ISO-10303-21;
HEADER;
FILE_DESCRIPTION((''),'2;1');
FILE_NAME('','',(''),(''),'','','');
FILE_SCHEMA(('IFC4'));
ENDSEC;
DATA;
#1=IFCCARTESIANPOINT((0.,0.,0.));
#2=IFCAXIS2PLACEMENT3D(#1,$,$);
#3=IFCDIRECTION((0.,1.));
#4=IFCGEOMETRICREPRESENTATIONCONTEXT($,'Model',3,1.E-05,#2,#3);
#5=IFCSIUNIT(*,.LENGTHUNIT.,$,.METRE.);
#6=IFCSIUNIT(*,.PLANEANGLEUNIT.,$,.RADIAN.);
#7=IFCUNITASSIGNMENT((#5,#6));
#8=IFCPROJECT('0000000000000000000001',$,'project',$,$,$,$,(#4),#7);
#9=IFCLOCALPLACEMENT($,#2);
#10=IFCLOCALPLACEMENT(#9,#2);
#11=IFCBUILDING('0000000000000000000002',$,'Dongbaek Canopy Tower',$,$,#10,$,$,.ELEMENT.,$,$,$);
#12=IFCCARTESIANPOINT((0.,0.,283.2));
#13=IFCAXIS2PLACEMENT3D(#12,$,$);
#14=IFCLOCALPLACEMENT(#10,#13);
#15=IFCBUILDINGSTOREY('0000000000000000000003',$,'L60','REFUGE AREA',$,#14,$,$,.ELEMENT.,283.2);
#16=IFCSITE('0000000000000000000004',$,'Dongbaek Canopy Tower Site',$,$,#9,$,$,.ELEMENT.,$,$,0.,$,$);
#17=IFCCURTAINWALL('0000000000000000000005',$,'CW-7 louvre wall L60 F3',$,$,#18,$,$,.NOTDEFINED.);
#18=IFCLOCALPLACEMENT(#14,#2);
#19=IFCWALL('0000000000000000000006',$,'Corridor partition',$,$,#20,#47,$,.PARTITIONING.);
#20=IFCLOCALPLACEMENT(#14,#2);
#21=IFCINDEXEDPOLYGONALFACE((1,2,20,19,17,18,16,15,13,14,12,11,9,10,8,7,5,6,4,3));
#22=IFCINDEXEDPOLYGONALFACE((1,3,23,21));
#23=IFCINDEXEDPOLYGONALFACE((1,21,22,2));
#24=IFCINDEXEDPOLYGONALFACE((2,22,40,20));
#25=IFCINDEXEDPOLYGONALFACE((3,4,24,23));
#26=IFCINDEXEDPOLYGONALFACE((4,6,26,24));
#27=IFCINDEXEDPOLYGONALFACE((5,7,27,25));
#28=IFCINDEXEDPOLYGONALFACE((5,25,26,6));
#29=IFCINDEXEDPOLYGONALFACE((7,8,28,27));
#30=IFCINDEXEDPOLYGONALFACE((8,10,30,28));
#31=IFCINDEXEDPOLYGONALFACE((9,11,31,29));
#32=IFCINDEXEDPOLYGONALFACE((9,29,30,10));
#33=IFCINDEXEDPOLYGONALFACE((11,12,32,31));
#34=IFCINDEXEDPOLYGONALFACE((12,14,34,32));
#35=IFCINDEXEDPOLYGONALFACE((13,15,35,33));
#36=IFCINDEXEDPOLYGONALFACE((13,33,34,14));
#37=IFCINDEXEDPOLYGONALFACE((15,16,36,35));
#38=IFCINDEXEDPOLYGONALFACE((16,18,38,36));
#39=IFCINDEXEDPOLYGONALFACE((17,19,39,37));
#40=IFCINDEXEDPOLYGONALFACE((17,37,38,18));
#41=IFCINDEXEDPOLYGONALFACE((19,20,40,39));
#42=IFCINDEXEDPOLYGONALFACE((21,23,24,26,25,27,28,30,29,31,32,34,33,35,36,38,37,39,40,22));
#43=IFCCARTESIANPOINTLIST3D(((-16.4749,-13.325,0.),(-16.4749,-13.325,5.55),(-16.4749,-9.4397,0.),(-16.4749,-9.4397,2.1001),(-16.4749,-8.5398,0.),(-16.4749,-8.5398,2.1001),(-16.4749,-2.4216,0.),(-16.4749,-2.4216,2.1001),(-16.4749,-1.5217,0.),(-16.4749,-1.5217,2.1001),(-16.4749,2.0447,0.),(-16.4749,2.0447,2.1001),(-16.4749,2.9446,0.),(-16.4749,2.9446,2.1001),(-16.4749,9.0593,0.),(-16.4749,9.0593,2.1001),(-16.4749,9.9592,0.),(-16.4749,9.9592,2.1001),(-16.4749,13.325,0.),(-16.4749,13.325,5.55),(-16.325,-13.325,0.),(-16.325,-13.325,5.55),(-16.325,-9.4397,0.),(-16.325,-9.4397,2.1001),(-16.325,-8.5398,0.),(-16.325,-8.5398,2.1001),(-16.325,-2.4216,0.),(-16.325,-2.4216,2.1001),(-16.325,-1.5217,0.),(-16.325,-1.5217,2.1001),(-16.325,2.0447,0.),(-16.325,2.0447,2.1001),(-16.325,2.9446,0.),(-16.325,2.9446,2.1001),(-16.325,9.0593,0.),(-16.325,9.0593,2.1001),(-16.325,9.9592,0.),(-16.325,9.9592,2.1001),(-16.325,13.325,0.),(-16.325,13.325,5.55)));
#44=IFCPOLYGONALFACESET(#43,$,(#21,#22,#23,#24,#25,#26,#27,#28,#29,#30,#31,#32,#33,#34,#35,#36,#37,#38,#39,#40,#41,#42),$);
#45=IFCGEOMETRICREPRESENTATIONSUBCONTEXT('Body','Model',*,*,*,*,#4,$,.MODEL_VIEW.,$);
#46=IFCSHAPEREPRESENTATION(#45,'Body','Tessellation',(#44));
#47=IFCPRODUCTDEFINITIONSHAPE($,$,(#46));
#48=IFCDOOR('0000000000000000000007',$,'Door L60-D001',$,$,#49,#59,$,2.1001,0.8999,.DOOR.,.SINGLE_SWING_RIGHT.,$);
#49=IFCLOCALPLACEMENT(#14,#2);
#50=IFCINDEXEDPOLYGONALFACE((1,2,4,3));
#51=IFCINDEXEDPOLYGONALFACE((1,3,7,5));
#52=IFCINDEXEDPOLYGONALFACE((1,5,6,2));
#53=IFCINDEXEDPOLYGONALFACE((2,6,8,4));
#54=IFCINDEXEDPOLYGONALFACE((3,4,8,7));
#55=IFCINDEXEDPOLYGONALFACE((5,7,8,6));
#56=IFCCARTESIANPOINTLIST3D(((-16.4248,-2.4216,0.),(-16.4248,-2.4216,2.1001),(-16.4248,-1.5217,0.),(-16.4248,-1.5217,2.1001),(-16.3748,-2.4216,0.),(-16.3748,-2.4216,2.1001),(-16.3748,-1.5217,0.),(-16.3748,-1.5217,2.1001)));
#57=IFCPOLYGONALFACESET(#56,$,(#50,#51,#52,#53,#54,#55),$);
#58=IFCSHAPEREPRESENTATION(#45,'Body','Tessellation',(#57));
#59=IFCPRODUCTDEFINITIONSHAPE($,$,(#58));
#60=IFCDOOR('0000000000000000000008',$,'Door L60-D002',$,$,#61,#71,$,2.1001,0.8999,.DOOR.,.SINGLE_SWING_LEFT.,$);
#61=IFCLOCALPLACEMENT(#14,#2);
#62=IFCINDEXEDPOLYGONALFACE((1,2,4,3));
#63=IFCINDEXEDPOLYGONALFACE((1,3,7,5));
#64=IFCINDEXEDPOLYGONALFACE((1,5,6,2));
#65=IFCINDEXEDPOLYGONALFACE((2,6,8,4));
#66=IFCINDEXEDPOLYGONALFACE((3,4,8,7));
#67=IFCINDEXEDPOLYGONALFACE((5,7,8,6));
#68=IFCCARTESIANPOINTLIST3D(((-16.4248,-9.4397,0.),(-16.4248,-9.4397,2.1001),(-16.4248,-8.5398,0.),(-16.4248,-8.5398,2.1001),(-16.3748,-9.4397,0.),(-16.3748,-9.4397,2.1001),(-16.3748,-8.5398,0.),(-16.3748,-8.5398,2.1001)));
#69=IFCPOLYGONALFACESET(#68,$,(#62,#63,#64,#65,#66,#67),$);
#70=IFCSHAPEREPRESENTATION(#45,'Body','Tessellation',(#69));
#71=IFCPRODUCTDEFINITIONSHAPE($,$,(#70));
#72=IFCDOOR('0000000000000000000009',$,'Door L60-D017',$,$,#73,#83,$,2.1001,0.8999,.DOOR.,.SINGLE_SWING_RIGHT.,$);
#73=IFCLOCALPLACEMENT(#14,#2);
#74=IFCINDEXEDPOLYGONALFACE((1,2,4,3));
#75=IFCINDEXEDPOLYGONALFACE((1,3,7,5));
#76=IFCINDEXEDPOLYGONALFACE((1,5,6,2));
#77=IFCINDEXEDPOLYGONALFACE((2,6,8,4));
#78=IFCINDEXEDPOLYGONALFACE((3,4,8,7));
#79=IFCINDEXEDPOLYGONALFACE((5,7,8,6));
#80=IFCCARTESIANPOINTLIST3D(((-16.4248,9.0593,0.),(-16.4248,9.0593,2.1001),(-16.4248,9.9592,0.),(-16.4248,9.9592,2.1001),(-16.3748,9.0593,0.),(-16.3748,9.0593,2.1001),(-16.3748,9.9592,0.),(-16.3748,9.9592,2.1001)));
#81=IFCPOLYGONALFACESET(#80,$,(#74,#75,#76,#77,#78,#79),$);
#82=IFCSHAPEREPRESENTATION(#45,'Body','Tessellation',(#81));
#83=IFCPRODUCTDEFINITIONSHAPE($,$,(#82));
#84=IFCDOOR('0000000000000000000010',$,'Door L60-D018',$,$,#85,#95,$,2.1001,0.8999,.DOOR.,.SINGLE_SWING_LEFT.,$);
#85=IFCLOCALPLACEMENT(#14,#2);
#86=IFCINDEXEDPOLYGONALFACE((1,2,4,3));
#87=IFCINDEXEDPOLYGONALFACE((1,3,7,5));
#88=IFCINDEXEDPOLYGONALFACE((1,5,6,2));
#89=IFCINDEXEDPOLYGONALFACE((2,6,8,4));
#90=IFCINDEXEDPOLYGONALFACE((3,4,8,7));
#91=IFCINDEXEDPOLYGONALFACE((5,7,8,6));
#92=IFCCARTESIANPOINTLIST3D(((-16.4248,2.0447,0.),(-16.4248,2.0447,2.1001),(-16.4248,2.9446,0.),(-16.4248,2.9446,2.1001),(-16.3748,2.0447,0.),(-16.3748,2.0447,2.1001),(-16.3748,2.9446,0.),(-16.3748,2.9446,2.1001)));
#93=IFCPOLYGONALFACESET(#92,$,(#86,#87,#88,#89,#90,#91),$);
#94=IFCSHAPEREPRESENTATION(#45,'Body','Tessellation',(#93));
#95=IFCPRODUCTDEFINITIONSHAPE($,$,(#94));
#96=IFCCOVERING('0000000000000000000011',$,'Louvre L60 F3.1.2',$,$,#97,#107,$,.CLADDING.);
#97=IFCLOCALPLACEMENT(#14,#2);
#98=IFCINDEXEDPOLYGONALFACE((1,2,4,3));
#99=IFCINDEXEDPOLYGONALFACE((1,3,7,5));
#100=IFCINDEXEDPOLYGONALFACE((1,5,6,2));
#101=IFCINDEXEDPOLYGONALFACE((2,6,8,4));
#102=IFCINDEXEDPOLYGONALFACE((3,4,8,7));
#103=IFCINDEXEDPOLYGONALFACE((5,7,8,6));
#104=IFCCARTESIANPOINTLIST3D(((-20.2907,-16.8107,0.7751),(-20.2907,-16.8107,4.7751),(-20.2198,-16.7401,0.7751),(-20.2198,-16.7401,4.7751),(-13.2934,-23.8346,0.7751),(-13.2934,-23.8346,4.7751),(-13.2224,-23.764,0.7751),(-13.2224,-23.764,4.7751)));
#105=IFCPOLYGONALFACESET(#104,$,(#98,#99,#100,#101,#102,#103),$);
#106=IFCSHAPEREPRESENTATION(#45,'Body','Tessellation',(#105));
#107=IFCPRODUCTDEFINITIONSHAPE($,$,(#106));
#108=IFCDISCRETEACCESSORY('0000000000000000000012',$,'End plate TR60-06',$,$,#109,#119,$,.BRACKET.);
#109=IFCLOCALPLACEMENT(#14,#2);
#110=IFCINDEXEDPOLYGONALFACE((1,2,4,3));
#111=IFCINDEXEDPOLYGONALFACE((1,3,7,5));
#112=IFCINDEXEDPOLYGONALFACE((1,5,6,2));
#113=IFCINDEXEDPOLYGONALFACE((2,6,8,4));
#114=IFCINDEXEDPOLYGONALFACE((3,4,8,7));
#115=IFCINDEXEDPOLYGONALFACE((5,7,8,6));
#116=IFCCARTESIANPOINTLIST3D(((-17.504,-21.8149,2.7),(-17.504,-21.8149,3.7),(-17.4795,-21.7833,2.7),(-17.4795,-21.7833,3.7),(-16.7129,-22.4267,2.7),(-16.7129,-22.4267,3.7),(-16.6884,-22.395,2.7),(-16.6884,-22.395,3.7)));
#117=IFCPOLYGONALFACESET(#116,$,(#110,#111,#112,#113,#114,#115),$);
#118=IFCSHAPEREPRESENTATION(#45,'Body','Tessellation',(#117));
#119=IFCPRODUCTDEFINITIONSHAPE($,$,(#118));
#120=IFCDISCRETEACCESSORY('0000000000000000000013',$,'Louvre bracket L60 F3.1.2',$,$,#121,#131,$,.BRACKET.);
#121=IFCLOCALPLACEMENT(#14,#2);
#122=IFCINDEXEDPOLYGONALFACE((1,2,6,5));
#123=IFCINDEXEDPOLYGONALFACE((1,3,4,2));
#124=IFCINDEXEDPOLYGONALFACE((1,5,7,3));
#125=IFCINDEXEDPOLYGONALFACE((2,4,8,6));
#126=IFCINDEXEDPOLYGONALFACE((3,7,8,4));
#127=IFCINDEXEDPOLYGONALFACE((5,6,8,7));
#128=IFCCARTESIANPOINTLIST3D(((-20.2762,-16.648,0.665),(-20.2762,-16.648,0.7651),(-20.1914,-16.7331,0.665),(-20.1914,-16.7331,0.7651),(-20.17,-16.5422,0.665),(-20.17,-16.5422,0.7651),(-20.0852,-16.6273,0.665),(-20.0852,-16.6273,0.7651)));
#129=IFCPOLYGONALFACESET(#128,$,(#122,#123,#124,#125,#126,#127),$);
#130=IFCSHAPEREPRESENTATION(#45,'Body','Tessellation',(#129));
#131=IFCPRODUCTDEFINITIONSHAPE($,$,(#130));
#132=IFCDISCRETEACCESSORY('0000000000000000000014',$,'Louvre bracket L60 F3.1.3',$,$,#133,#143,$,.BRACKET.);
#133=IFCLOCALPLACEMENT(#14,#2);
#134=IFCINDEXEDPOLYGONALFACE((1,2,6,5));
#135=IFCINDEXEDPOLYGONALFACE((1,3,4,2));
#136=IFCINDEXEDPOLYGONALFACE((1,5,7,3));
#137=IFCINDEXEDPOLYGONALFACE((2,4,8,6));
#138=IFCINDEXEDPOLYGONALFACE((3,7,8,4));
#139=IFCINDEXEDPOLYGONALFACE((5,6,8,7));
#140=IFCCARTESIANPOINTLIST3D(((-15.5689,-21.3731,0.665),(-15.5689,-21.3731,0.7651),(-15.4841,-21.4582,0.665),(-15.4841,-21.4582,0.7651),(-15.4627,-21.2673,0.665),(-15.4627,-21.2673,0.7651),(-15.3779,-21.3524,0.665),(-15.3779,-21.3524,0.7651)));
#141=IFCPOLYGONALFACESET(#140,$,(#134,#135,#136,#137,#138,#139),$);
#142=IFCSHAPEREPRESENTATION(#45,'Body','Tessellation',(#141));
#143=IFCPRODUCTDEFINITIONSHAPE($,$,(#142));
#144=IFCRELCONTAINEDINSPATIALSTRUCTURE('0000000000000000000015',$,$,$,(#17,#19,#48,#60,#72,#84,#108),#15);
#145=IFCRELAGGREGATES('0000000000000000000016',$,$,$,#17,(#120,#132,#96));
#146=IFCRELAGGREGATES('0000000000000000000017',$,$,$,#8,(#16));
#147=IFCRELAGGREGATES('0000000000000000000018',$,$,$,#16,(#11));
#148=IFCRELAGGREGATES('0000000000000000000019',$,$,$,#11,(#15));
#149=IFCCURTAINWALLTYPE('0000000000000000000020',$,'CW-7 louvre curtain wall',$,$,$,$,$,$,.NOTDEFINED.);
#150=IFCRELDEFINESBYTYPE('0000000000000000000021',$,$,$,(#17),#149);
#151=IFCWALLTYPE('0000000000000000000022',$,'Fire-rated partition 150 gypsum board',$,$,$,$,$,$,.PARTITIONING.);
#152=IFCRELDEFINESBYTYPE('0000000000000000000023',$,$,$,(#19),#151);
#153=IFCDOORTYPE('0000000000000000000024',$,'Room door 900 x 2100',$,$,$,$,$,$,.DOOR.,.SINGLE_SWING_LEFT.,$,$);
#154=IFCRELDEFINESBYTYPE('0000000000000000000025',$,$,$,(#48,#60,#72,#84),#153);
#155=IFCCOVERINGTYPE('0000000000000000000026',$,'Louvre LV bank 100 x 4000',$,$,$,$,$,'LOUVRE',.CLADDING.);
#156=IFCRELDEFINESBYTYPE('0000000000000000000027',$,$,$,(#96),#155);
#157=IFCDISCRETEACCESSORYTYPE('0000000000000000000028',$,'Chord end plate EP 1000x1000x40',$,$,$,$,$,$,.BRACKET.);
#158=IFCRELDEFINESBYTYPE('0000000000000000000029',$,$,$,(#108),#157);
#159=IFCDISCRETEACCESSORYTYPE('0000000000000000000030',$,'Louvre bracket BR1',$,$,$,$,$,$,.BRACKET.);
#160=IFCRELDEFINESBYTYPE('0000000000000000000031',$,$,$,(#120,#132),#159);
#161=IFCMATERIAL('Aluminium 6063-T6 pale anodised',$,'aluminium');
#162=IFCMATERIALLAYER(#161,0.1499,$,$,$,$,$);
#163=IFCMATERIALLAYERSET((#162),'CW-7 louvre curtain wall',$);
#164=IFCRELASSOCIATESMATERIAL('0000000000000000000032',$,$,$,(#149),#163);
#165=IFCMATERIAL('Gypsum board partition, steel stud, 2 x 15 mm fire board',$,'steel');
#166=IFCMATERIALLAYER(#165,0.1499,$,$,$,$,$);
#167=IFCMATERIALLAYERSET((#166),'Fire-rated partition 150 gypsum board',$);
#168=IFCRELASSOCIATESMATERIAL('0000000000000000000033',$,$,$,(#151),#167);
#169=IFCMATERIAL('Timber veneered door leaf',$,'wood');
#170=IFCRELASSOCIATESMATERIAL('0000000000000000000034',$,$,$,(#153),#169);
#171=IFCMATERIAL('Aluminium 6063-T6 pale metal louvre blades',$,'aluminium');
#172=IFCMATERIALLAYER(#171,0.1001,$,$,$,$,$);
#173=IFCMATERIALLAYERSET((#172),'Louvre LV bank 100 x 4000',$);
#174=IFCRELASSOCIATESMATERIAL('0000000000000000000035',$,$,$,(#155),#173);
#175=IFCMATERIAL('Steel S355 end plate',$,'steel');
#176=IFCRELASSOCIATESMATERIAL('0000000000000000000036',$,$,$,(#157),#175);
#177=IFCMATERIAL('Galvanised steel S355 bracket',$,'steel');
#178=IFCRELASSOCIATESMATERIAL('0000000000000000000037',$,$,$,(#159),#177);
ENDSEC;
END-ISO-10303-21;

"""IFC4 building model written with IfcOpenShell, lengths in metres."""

from ifc_helpers import new_model, si_unit, direction, frame, frame_2d, origin, origin_2d, place, context, subcontext, project, spatial, rectangle, extrude, material, layer, layer_set, type_object, element, fill, aggregate, save


model = new_model("IFC4")

# Units and contexts
model_context = context("Model", 3, precision=1e-05, world=origin(), true_north=direction((0.0, 1.0)))
body_context = subcontext(model_context, "Body", "Model", "MODEL_VIEW")
ifc_project = project(units=[si_unit("LENGTHUNIT", "METRE"), si_unit("PLANEANGLEUNIT", "RADIAN")], contexts=[model_context])

# Site, building, storey
site_placement = place(None, origin())
site = spatial("IfcSite", under=ifc_project, at=site_placement, Name="Dongbaek Canopy Tower Site", CompositionType="ELEMENT", RefElevation=0.0)
building_placement = place(site_placement, origin())
building = spatial("IfcBuilding", under=site, at=building_placement, Name="Dongbaek Canopy Tower", CompositionType="ELEMENT")
storey_placement = place(building_placement, frame((0.0, 0.0, 283.2)))
storey = spatial("IfcBuildingStorey", under=building, at=storey_placement, Name="L60", Description="REFUGE AREA", CompositionType="ELEMENT", Elevation=283.2)

# Curtain wall
ifc_material_1 = material(Name="Aluminium 6063-T6 pale anodised", Category="aluminium")
ifc_layer_1 = layer(ifc_material_1, 0.1499)
ifc_layer_set_1 = layer_set([ifc_layer_1], Name="CW-7 louvre curtain wall")
curtain_wall_type = type_object("IfcCurtainWallType", Name="CW-7 louvre curtain wall", PredefinedType="NOTDEFINED", material=ifc_layer_set_1)
curtain_wall_placement = place(storey_placement, origin())
curtain_wall = element("IfcCurtainWall", 1, at=curtain_wall_placement, inside=storey, type_object=curtain_wall_type, Name="CW-7 louvre wall L60 F3", PredefinedType="NOTDEFINED")

# Shared definitions
ifc_material_2 = material(Name="Gypsum board partition, steel stud, 2 x 15 mm fire board", Category="steel")
ifc_layer_2 = layer(ifc_material_2, 0.1499)
ifc_layer_set_2 = layer_set([ifc_layer_2], Name="Fire-rated partition 150 gypsum board")
wall_type = type_object("IfcWallType", Name="Fire-rated partition 150 gypsum board", PredefinedType="PARTITIONING", material=ifc_layer_set_2)

# Wall, openings, doors
wall_1_placement = place(storey_placement, frame((-16.3999, -13.325, 0.0), z_axis=(0.0, 0.0, 1.0), x_axis=(0.0, 1.0, 0.0)))
wall_1 = element("IfcWall", 2, at=wall_1_placement, inside=storey, type_object=wall_type, Name="Corridor partition", PredefinedType="PARTITIONING", context=body_context, shape_type="SweptSolid", body=[
    extrude(rectangle(XDim=26.6499, YDim=0.1499, at=frame_2d((13.325, 0.0))), origin(), (0.0, 0.0, 1.0), 5.55),
])
opening_1_placement = place(wall_1_placement, frame((10.9033, 0.0, 0.0)))
opening_1 = element("IfcOpeningElement", 3, at=opening_1_placement, cuts=wall_1, PredefinedType="OPENING", context=body_context, shape_type="SweptSolid", body=[
    extrude(rectangle(XDim=0.8999, YDim=2.1001, at=frame_2d((0.45, 1.05))), frame((0.0, 0.085, 0.0), z_axis=(0.0, -1.0, 0.0), x_axis=(1.0, 0.0, 0.0)), (0.0, 0.0, 1.0), 0.1699),
])
opening_2_placement = place(wall_1_placement, frame((3.8853, 0.0, 0.0)))
opening_2 = element("IfcOpeningElement", 4, at=opening_2_placement, cuts=wall_1, PredefinedType="OPENING", context=body_context, shape_type="SweptSolid", body=[
    extrude(rectangle(XDim=0.8999, YDim=2.1001, at=frame_2d((0.45, 1.05))), frame((0.0, 0.085, 0.0), z_axis=(0.0, -1.0, 0.0), x_axis=(1.0, 0.0, 0.0)), (0.0, 0.0, 1.0), 0.1699),
])
opening_3_placement = place(wall_1_placement, frame((22.3843, 0.0, 0.0)))
opening_3 = element("IfcOpeningElement", 5, at=opening_3_placement, cuts=wall_1, PredefinedType="OPENING", context=body_context, shape_type="SweptSolid", body=[
    extrude(rectangle(XDim=0.8999, YDim=2.1001, at=frame_2d((0.45, 1.05))), frame((0.0, 0.085, 0.0), z_axis=(0.0, -1.0, 0.0), x_axis=(1.0, 0.0, 0.0)), (0.0, 0.0, 1.0), 0.1699),
])
opening_4_placement = place(wall_1_placement, frame((15.3696, 0.0, 0.0)))
opening_4 = element("IfcOpeningElement", 6, at=opening_4_placement, cuts=wall_1, PredefinedType="OPENING", context=body_context, shape_type="SweptSolid", body=[
    extrude(rectangle(XDim=0.8999, YDim=2.1001, at=frame_2d((0.45, 1.05))), frame((0.0, 0.085, 0.0), z_axis=(0.0, -1.0, 0.0), x_axis=(1.0, 0.0, 0.0)), (0.0, 0.0, 1.0), 0.1699),
])
ifc_material_3 = material(Name="Timber veneered door leaf", Category="wood")
door_type = type_object("IfcDoorType", Name="Room door 900 x 2100", OperationType="SINGLE_SWING_LEFT", PredefinedType="DOOR", material=ifc_material_3)
door_1_placement = place(opening_1_placement, origin())
door_1 = element("IfcDoor", 7, at=door_1_placement, inside=storey, type_object=door_type, Name="Door L60-D001", OperationType="SINGLE_SWING_RIGHT", OverallHeight=2.1001, OverallWidth=0.8999, PredefinedType="DOOR", context=body_context, shape_type="SweptSolid", body=[
    extrude(rectangle(XDim=0.8999, YDim=2.1001, at=frame_2d((0.45, 1.05))), frame((0.0, 0.0249, 0.0), z_axis=(0.0, -1.0, 0.0), x_axis=(1.0, 0.0, 0.0)), (0.0, 0.0, 1.0), 0.05),
])
fill(opening_1, door_1)
door_2_placement = place(opening_2_placement, origin())
door_2 = element("IfcDoor", 8, at=door_2_placement, inside=storey, type_object=door_type, Name="Door L60-D002", OperationType="SINGLE_SWING_LEFT", OverallHeight=2.1001, OverallWidth=0.8999, PredefinedType="DOOR", context=body_context, shape_type="SweptSolid", body=[
    extrude(rectangle(XDim=0.8999, YDim=2.1001, at=frame_2d((0.45, 1.05))), frame((0.0, 0.0249, 0.0), z_axis=(0.0, -1.0, 0.0), x_axis=(1.0, 0.0, 0.0)), (0.0, 0.0, 1.0), 0.05),
])
fill(opening_2, door_2)
door_3_placement = place(opening_3_placement, origin())
door_3 = element("IfcDoor", 9, at=door_3_placement, inside=storey, type_object=door_type, Name="Door L60-D017", OperationType="SINGLE_SWING_RIGHT", OverallHeight=2.1001, OverallWidth=0.8999, PredefinedType="DOOR", context=body_context, shape_type="SweptSolid", body=[
    extrude(rectangle(XDim=0.8999, YDim=2.1001, at=frame_2d((0.45, 1.05))), frame((0.0, 0.0249, 0.0), z_axis=(0.0, -1.0, 0.0), x_axis=(1.0, 0.0, 0.0)), (0.0, 0.0, 1.0), 0.05),
])
fill(opening_3, door_3)
door_4_placement = place(opening_4_placement, origin())
door_4 = element("IfcDoor", 10, at=door_4_placement, inside=storey, type_object=door_type, Name="Door L60-D018", OperationType="SINGLE_SWING_LEFT", OverallHeight=2.1001, OverallWidth=0.8999, PredefinedType="DOOR", context=body_context, shape_type="SweptSolid", body=[
    extrude(rectangle(XDim=0.8999, YDim=2.1001, at=frame_2d((0.45, 1.05))), frame((0.0, 0.0249, 0.0), z_axis=(0.0, -1.0, 0.0), x_axis=(1.0, 0.0, 0.0)), (0.0, 0.0, 1.0), 0.05),
])
fill(opening_4, door_4)

# Covering
ifc_material_4 = material(Name="Aluminium 6063-T6 pale metal louvre blades", Category="aluminium")
ifc_layer_3 = layer(ifc_material_4, 0.1001)
ifc_layer_set_3 = layer_set([ifc_layer_3], Name="Louvre LV bank 100 x 4000")
covering_type = type_object("IfcCoveringType", Name="Louvre LV bank 100 x 4000", ElementType="LOUVRE", PredefinedType="CLADDING", material=ifc_layer_set_3)
covering_placement = place(storey_placement, frame((-16.7566, -20.2874, 0.7751), z_axis=(0.0, 0.0, 1.0), x_axis=(0.705768, -0.708443, 0.0)))
covering = element("IfcCovering", 11, at=covering_placement, type_object=covering_type, Name="Louvre L60 F3.1.2", PredefinedType="CLADDING", context=body_context, shape_type="SweptSolid", body=[
    extrude(rectangle(XDim=9.9146, YDim=0.1001, at=origin_2d()), origin(), (0.0, 0.0, 1.0), 4.0),
])

# Discrete accessories
ifc_material_5 = material(Name="Steel S355 end plate", Category="steel")
discrete_accessory_type_1 = type_object("IfcDiscreteAccessoryType", Name="Chord end plate EP 1000x1000x40", PredefinedType="BRACKET", material=ifc_material_5)
discrete_accessory_1_placement = place(storey_placement, frame((-17.0962, -22.105, 2.7), z_axis=(0.0, 0.0, 1.0), x_axis=(0.611785, 0.791024, 0.0)))
element("IfcDiscreteAccessory", 12, at=discrete_accessory_1_placement, inside=storey, type_object=discrete_accessory_type_1, Name="End plate TR60-06", PredefinedType="BRACKET", context=body_context, shape_type="SweptSolid", body=[
    extrude(rectangle(XDim=0.04, YDim=1.0, at=origin_2d()), origin(), (0.0, 0.0, 1.0), 1.0),
])
ifc_material_6 = material(Name="Galvanised steel S355 bracket", Category="steel")
discrete_accessory_type_2 = type_object("IfcDiscreteAccessoryType", Name="Louvre bracket BR1", PredefinedType="BRACKET", material=ifc_material_6)
discrete_accessory_2_placement = place(storey_placement, frame((-20.1807, -16.6377, 0.665), z_axis=(0.0, 0.0, 1.0), x_axis=(0.705768, -0.708443, 0.0)))
discrete_accessory_2 = element("IfcDiscreteAccessory", 13, at=discrete_accessory_2_placement, type_object=discrete_accessory_type_2, Name="Louvre bracket L60 F3.1.2", PredefinedType="BRACKET", context=body_context, shape_type="SweptSolid", body=[
    extrude(rectangle(XDim=0.1201, YDim=0.1499, at=origin_2d()), origin(), (0.0, 0.0, 1.0), 0.1001),
])
discrete_accessory_3_placement = place(storey_placement, frame((-15.4734, -21.3628, 0.665), z_axis=(0.0, 0.0, 1.0), x_axis=(0.705768, -0.708443, 0.0)))
discrete_accessory_3 = element("IfcDiscreteAccessory", 14, at=discrete_accessory_3_placement, type_object=discrete_accessory_type_2, Name="Louvre bracket L60 F3.1.3", PredefinedType="BRACKET", context=body_context, shape_type="SweptSolid", body=[
    extrude(rectangle(XDim=0.1201, YDim=0.1499, at=origin_2d()), origin(), (0.0, 0.0, 1.0), 0.1001),
])
aggregate(curtain_wall, [discrete_accessory_2, discrete_accessory_3, covering])

save(model, "model.ifc")
